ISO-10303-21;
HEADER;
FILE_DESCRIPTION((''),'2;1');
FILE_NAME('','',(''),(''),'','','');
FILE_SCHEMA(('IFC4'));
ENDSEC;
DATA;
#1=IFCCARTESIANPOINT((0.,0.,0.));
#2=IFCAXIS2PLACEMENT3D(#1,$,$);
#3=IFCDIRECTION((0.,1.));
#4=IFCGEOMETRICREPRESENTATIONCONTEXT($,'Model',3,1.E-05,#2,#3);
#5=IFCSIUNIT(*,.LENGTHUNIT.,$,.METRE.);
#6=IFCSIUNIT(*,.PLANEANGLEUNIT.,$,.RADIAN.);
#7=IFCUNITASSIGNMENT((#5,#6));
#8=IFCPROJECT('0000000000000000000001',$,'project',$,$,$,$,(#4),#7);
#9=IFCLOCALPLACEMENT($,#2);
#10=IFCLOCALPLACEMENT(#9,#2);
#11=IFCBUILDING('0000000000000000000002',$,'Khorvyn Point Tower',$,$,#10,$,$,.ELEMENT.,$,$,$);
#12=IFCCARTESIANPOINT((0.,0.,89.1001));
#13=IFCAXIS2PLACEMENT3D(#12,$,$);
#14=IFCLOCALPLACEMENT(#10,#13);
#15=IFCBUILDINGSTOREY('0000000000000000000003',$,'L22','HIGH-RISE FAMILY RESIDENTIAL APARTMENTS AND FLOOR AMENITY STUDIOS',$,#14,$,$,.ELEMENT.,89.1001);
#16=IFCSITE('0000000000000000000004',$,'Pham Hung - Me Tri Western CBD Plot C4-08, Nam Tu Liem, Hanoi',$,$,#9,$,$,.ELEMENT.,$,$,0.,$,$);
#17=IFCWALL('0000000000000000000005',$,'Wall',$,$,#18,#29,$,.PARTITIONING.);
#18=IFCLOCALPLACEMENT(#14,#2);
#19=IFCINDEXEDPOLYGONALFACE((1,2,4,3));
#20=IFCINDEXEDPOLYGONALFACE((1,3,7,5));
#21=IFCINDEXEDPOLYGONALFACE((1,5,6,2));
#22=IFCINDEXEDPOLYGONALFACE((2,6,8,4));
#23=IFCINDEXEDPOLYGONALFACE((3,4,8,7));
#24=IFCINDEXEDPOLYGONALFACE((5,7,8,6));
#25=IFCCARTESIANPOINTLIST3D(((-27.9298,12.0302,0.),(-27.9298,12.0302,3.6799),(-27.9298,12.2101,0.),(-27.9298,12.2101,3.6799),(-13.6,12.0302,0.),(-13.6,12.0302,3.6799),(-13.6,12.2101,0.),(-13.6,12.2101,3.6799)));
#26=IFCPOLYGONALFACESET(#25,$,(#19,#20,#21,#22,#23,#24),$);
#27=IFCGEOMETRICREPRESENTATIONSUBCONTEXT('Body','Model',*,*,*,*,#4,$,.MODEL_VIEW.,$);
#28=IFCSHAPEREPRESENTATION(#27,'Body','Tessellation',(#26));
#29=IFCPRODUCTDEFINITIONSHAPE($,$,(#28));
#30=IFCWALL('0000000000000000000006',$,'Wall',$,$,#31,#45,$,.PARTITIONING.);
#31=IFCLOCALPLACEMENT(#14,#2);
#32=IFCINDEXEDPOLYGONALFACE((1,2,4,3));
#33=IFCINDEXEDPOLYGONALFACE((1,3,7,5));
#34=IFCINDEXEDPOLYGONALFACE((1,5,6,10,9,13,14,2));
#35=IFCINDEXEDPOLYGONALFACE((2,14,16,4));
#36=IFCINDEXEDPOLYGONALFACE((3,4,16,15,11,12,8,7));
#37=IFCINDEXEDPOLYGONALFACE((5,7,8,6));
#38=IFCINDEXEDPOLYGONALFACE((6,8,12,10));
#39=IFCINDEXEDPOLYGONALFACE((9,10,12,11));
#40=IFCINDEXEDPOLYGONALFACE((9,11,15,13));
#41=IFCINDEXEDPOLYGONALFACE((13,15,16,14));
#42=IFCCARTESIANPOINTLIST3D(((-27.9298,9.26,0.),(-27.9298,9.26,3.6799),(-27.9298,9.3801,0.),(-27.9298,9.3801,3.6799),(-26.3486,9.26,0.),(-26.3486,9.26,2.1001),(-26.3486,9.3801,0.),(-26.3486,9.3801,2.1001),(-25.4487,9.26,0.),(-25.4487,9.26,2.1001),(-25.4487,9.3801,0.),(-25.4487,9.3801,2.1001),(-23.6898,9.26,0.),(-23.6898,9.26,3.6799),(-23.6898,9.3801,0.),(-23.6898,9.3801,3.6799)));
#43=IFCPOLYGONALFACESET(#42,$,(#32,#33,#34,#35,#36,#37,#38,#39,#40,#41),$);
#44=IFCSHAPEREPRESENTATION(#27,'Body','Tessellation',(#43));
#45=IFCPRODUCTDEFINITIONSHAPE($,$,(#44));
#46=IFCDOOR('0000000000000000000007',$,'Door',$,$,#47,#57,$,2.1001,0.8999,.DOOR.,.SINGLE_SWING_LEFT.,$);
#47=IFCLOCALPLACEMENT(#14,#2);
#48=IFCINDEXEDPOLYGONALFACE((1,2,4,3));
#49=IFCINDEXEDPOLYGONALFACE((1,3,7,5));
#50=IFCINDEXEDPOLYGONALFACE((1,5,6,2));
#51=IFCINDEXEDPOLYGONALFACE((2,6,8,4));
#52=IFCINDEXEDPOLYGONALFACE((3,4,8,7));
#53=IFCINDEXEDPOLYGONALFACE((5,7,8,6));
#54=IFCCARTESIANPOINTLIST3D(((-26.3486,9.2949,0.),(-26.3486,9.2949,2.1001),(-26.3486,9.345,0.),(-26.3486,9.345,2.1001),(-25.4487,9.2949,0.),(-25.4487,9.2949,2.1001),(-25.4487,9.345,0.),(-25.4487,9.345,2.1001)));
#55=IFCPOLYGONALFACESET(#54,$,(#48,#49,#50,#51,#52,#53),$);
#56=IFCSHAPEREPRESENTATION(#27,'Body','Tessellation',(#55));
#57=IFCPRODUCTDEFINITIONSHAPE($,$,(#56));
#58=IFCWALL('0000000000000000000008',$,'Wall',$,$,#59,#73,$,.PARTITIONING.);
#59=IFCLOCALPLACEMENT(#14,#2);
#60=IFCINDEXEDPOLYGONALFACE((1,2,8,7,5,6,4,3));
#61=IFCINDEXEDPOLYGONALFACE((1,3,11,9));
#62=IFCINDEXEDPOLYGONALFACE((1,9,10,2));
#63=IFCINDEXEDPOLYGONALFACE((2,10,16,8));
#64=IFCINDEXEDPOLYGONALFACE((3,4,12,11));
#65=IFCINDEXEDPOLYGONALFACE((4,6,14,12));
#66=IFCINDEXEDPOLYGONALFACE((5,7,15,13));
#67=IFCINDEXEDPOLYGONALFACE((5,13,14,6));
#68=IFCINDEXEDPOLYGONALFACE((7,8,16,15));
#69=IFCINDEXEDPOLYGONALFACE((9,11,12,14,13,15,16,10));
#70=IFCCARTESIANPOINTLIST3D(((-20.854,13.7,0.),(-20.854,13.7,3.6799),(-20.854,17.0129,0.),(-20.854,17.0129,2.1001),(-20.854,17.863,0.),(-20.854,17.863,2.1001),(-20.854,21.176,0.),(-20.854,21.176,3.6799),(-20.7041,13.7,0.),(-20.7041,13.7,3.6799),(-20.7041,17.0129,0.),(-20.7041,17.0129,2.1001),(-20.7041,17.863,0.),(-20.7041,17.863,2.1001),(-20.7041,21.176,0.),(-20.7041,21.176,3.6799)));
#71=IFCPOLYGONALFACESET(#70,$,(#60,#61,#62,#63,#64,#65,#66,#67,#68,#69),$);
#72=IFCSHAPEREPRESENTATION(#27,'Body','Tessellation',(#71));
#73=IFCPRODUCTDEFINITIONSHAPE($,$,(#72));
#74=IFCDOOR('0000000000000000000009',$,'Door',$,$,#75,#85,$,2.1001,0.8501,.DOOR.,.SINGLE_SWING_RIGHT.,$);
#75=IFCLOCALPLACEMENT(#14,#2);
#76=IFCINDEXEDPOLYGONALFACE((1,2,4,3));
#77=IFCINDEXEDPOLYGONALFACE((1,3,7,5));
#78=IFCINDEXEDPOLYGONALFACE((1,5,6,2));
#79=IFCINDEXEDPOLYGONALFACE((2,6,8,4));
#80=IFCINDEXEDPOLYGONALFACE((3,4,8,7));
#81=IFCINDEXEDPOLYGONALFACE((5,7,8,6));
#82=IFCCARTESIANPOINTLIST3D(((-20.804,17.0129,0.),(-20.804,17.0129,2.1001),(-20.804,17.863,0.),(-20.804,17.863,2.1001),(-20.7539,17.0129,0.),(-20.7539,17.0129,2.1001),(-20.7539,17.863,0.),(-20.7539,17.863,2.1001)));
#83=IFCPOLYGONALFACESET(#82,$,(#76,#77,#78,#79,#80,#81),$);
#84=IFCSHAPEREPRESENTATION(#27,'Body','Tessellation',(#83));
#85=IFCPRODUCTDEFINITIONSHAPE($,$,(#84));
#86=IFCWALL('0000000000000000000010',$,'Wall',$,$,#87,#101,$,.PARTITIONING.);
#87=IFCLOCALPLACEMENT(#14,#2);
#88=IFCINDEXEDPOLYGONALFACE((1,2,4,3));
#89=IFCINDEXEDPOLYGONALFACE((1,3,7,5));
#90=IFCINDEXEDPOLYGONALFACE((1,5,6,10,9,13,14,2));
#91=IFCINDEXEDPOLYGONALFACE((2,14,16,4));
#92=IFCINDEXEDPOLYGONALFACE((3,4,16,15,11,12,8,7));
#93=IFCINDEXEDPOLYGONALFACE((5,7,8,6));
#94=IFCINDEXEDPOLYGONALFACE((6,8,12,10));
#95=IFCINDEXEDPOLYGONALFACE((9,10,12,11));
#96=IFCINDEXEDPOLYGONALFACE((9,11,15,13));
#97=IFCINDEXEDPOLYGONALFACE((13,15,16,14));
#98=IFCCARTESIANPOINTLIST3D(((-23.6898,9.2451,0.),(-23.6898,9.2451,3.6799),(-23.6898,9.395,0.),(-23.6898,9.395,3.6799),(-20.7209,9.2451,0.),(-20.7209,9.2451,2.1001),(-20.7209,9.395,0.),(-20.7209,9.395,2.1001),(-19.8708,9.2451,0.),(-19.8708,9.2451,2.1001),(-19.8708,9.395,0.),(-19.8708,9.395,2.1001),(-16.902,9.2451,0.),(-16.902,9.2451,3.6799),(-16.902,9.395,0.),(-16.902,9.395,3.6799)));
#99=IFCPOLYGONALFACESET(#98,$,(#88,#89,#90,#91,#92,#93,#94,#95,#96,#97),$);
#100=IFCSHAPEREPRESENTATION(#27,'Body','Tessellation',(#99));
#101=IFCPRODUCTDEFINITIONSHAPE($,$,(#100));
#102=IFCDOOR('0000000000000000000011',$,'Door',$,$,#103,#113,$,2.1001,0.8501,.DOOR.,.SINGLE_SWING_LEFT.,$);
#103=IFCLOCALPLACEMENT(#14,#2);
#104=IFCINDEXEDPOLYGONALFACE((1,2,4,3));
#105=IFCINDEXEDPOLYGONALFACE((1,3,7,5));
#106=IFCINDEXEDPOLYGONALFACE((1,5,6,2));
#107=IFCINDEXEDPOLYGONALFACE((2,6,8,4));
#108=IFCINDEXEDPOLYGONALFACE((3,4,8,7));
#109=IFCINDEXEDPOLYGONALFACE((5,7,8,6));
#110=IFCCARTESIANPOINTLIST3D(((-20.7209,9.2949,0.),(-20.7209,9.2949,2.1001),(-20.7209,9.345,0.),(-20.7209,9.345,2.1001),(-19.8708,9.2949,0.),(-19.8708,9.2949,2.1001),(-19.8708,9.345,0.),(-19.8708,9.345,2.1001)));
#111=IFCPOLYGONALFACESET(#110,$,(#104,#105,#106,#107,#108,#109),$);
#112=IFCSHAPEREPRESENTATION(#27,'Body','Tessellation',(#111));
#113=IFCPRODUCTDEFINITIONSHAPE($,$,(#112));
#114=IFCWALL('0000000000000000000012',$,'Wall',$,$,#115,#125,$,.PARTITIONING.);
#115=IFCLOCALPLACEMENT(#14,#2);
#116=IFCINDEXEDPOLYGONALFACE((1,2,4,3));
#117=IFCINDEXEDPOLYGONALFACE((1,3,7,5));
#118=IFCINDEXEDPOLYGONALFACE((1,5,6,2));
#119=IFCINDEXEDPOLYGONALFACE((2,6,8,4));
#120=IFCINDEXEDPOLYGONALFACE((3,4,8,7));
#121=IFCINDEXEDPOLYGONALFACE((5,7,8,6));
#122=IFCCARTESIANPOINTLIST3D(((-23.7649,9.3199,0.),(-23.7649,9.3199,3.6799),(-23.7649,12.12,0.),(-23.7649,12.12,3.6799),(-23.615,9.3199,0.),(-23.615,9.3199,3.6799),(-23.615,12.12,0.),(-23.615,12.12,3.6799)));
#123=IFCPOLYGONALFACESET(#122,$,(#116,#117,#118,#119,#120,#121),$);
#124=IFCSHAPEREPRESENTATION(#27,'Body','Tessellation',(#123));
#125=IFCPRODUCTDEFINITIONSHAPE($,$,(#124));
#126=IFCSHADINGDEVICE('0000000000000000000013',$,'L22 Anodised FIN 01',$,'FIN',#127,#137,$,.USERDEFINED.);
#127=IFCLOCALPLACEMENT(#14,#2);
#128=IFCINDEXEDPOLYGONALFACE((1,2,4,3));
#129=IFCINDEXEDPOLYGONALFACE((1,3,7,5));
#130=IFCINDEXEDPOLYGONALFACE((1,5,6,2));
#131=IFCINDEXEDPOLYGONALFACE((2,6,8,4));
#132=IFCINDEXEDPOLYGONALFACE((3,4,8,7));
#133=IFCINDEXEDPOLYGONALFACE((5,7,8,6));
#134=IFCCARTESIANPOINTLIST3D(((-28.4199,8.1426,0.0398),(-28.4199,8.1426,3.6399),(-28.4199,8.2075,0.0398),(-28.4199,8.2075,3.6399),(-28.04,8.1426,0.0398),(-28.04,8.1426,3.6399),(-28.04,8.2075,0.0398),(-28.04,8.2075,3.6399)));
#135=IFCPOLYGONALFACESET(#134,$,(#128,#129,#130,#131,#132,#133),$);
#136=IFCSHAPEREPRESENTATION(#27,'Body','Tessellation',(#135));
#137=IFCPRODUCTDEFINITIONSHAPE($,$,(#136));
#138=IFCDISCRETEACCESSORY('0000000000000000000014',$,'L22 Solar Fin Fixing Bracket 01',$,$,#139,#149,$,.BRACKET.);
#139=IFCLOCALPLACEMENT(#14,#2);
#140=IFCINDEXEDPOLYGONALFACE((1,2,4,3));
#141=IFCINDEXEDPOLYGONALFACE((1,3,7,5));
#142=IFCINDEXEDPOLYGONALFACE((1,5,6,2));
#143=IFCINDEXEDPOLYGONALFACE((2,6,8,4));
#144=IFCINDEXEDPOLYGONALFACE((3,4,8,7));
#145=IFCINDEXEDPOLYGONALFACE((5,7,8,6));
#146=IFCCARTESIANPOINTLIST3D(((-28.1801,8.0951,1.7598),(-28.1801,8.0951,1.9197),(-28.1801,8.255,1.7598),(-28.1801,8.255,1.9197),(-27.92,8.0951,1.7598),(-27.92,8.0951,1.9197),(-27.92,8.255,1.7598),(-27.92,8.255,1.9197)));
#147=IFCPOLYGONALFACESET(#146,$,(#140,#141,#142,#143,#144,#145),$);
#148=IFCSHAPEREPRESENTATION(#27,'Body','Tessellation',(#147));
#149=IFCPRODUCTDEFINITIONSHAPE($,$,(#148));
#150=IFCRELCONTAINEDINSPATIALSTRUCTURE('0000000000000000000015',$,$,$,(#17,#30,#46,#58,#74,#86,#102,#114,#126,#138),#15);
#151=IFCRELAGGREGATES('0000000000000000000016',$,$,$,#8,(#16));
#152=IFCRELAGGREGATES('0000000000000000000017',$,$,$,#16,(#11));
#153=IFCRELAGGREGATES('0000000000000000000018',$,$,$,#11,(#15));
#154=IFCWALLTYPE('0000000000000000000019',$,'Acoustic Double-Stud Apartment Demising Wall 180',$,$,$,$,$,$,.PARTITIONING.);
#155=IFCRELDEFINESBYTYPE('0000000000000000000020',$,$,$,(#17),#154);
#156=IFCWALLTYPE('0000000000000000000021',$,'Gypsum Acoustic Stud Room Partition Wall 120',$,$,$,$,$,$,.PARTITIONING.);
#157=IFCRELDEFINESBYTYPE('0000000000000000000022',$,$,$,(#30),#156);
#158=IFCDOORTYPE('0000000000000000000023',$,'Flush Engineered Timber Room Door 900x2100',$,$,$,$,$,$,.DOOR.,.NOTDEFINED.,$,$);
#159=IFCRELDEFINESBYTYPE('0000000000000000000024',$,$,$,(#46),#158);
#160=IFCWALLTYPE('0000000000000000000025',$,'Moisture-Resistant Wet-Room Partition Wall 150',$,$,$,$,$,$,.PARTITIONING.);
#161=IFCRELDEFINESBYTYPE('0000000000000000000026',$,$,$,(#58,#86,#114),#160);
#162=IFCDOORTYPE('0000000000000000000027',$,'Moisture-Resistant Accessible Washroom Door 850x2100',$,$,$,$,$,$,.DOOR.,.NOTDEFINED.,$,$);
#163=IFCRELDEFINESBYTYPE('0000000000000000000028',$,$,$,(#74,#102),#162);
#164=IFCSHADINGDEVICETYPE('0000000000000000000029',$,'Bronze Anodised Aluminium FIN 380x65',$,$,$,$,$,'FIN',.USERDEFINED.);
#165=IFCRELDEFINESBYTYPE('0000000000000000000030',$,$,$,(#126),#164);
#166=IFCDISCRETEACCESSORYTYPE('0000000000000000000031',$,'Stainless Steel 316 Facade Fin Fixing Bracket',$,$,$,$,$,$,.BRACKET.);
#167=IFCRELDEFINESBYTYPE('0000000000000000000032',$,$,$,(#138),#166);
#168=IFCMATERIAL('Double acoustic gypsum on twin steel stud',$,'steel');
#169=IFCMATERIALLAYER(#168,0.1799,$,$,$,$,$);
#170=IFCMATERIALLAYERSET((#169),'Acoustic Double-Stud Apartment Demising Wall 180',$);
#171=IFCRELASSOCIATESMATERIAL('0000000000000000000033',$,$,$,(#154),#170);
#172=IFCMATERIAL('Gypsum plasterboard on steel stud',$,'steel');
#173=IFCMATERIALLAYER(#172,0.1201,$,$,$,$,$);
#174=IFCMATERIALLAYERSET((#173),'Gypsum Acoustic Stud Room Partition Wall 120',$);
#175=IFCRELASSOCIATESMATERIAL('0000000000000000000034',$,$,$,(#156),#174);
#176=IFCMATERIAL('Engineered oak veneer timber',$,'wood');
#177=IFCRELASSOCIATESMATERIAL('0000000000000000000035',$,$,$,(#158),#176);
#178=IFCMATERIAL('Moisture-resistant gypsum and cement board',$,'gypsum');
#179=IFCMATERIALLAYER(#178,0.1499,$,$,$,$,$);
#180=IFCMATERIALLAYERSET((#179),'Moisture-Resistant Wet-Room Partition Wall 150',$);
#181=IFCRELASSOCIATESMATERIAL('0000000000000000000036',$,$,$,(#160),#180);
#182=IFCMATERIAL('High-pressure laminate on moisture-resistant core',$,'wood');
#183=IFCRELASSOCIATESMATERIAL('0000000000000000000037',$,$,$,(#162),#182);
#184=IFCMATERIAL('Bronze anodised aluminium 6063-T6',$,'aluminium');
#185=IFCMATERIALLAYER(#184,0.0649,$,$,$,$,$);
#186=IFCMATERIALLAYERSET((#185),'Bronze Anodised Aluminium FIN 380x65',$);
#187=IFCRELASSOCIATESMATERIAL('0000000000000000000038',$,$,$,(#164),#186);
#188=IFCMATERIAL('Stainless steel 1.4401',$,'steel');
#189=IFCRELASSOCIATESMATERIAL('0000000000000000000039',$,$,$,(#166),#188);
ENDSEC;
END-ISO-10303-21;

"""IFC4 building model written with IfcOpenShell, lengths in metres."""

from ifc_helpers import new_model, si_unit, direction, frame, frame_2d, origin, origin_2d, place, context, subcontext, project, spatial, rectangle, extrude, material, layer, layer_set, type_object, element, fill, save


model = new_model("IFC4")

# Units and contexts
model_context = context("Model", 3, precision=1e-05, world=origin(), true_north=direction((0.0, 1.0)))
body_context = subcontext(model_context, "Body", "Model", "MODEL_VIEW")
ifc_project = project(units=[si_unit("LENGTHUNIT", "METRE"), si_unit("PLANEANGLEUNIT", "RADIAN")], contexts=[model_context])

# Site, building, storey
site_placement = place(None, origin())
site = spatial("IfcSite", under=ifc_project, at=site_placement, Name="Pham Hung - Me Tri Western CBD Plot C4-08, Nam Tu Liem, Hanoi", CompositionType="ELEMENT", RefElevation=0.0)
building_placement = place(site_placement, origin())
building = spatial("IfcBuilding", under=site, at=building_placement, Name="Khorvyn Point Tower", CompositionType="ELEMENT")
storey_placement = place(building_placement, frame((0.0, 0.0, 89.1001)))
storey = spatial("IfcBuildingStorey", under=building, at=storey_placement, Name="L22", Description="HIGH-RISE FAMILY RESIDENTIAL APARTMENTS AND FLOOR AMENITY STUDIOS", CompositionType="ELEMENT", Elevation=89.1001)

# Shared definitions
ifc_material_1 = material(Name="Double acoustic gypsum on twin steel stud", Category="steel")
ifc_layer_1 = layer(ifc_material_1, 0.1799)
ifc_layer_set_1 = layer_set([ifc_layer_1], Name="Acoustic Double-Stud Apartment Demising Wall 180")
wall_type_1 = type_object("IfcWallType", Name="Acoustic Double-Stud Apartment Demising Wall 180", PredefinedType="PARTITIONING", material=ifc_layer_set_1)

# Wall
wall_1_placement = place(storey_placement, frame((-27.9299, 12.1201, 0.0), z_axis=(0.0, 0.0, 1.0), x_axis=(1.0, 0.0, 0.0)))
element("IfcWall", 1, at=wall_1_placement, inside=storey, type_object=wall_type_1, Name="Wall", PredefinedType="PARTITIONING", context=body_context, shape_type="SweptSolid", body=[
    extrude(rectangle(XDim=14.3298, YDim=0.1799, at=frame_2d((7.165, 0.0))), origin(), (0.0, 0.0, 1.0), 3.6799),
])

# Walls, openings, doors
ifc_material_2 = material(Name="Gypsum plasterboard on steel stud", Category="steel")
ifc_layer_2 = layer(ifc_material_2, 0.1201)
ifc_layer_set_2 = layer_set([ifc_layer_2], Name="Gypsum Acoustic Stud Room Partition Wall 120")
wall_type_2 = type_object("IfcWallType", Name="Gypsum Acoustic Stud Room Partition Wall 120", PredefinedType="PARTITIONING", material=ifc_layer_set_2)
wall_2_placement = place(storey_placement, frame((-27.9299, 9.3201, 0.0), z_axis=(0.0, 0.0, 1.0), x_axis=(1.0, 0.0, 0.0)))
wall_2 = element("IfcWall", 2, at=wall_2_placement, inside=storey, type_object=wall_type_2, Name="Wall", PredefinedType="PARTITIONING", context=body_context, shape_type="SweptSolid", body=[
    extrude(rectangle(XDim=4.24, YDim=0.1201, at=frame_2d((2.1201, 0.0))), origin(), (0.0, 0.0, 1.0), 3.6799),
])
opening_1_placement = place(wall_2_placement, frame((1.5813, 0.0, 0.0)))
opening_1 = element("IfcOpeningElement", 3, at=opening_1_placement, cuts=wall_2, PredefinedType="OPENING", context=body_context, shape_type="SweptSolid", body=[
    extrude(rectangle(XDim=0.8999, YDim=2.1001, at=frame_2d((0.45, 1.05))), frame((0.0, 0.0701, 0.0), z_axis=(0.0, -1.0, 0.0), x_axis=(1.0, 0.0, 0.0)), (0.0, 0.0, 1.0), 0.1401),
])
ifc_material_3 = material(Name="Engineered oak veneer timber", Category="wood")
door_type_1 = type_object("IfcDoorType", Name="Flush Engineered Timber Room Door 900x2100", OperationType="NOTDEFINED", PredefinedType="DOOR", material=ifc_material_3)
door_1_placement = place(opening_1_placement, origin())
door_1 = element("IfcDoor", 4, at=door_1_placement, inside=storey, type_object=door_type_1, Name="Door", OperationType="SINGLE_SWING_LEFT", OverallHeight=2.1001, OverallWidth=0.8999, PredefinedType="DOOR", context=body_context, shape_type="SweptSolid", body=[
    extrude(rectangle(XDim=0.8999, YDim=2.1001, at=frame_2d((0.45, 1.05))), frame((0.0, 0.0249, 0.0), z_axis=(0.0, -1.0, 0.0), x_axis=(1.0, 0.0, 0.0)), (0.0, 0.0, 1.0), 0.05),
])
fill(opening_1, door_1)
ifc_material_4 = material(Name="Moisture-resistant gypsum and cement board", Category="gypsum")
ifc_layer_3 = layer(ifc_material_4, 0.1499)
ifc_layer_set_3 = layer_set([ifc_layer_3], Name="Moisture-Resistant Wet-Room Partition Wall 150")
wall_type_3 = type_object("IfcWallType", Name="Moisture-Resistant Wet-Room Partition Wall 150", PredefinedType="PARTITIONING", material=ifc_layer_set_3)
wall_3_placement = place(storey_placement, frame((-20.7791, 13.7, 0.0), z_axis=(0.0, 0.0, 1.0), x_axis=(0.0, 1.0, 0.0)))
wall_3 = element("IfcWall", 5, at=wall_3_placement, inside=storey, type_object=wall_type_3, Name="Wall", PredefinedType="PARTITIONING", context=body_context, shape_type="SweptSolid", body=[
    extrude(rectangle(XDim=7.4761, YDim=0.1499, at=frame_2d((3.738, 0.0))), origin(), (0.0, 0.0, 1.0), 3.6799),
])
opening_2_placement = place(wall_3_placement, frame((3.313, 0.0, 0.0)))
opening_2 = element("IfcOpeningElement", 6, at=opening_2_placement, cuts=wall_3, PredefinedType="OPENING", context=body_context, shape_type="SweptSolid", body=[
    extrude(rectangle(XDim=0.8501, YDim=2.1001, at=frame_2d((0.425, 1.05))), frame((0.0, 0.085, 0.0), z_axis=(0.0, -1.0, 0.0), x_axis=(1.0, 0.0, 0.0)), (0.0, 0.0, 1.0), 0.1699),
])
ifc_material_5 = material(Name="High-pressure laminate on moisture-resistant core", Category="wood")
door_type_2 = type_object("IfcDoorType", Name="Moisture-Resistant Accessible Washroom Door 850x2100", OperationType="NOTDEFINED", PredefinedType="DOOR", material=ifc_material_5)
door_2_placement = place(opening_2_placement, origin())
door_2 = element("IfcDoor", 7, at=door_2_placement, inside=storey, type_object=door_type_2, Name="Door", OperationType="SINGLE_SWING_RIGHT", OverallHeight=2.1001, OverallWidth=0.8501, PredefinedType="DOOR", context=body_context, shape_type="SweptSolid", body=[
    extrude(rectangle(XDim=0.8501, YDim=2.1001, at=frame_2d((0.425, 1.05))), frame((0.0, 0.0249, 0.0), z_axis=(0.0, -1.0, 0.0), x_axis=(1.0, 0.0, 0.0)), (0.0, 0.0, 1.0), 0.05),
])
fill(opening_2, door_2)
wall_4_placement = place(storey_placement, frame((-23.6899, 9.3201, 0.0), z_axis=(0.0, 0.0, 1.0), x_axis=(1.0, 0.0, 0.0)))
wall_4 = element("IfcWall", 8, at=wall_4_placement, inside=storey, type_object=wall_type_3, Name="Wall", PredefinedType="PARTITIONING", context=body_context, shape_type="SweptSolid", body=[
    extrude(rectangle(XDim=6.7878, YDim=0.1499, at=frame_2d((3.394, 0.0))), origin(), (0.0, 0.0, 1.0), 3.6799),
])
opening_3_placement = place(wall_4_placement, frame((2.969, 0.0, 0.0)))
opening_3 = element("IfcOpeningElement", 9, at=opening_3_placement, cuts=wall_4, PredefinedType="OPENING", context=body_context, shape_type="SweptSolid", body=[
    extrude(rectangle(XDim=0.8501, YDim=2.1001, at=frame_2d((0.425, 1.05))), frame((0.0, 0.085, 0.0), z_axis=(0.0, -1.0, 0.0), x_axis=(1.0, 0.0, 0.0)), (0.0, 0.0, 1.0), 0.1699),
])
door_3_placement = place(opening_3_placement, origin())
door_3 = element("IfcDoor", 10, at=door_3_placement, inside=storey, type_object=door_type_2, Name="Door", OperationType="SINGLE_SWING_LEFT", OverallHeight=2.1001, OverallWidth=0.8501, PredefinedType="DOOR", context=body_context, shape_type="SweptSolid", body=[
    extrude(rectangle(XDim=0.8501, YDim=2.1001, at=frame_2d((0.425, 1.05))), frame((0.0, 0.0249, 0.0), z_axis=(0.0, -1.0, 0.0), x_axis=(1.0, 0.0, 0.0)), (0.0, 0.0, 1.0), 0.05),
])
fill(opening_3, door_3)

# Wall
wall_5_placement = place(storey_placement, frame((-23.6899, 9.3201, 0.0), z_axis=(0.0, 0.0, 1.0), x_axis=(0.0, 1.0, 0.0)))
element("IfcWall", 11, at=wall_5_placement, inside=storey, type_object=wall_type_3, Name="Wall", PredefinedType="PARTITIONING", context=body_context, shape_type="SweptSolid", body=[
    extrude(rectangle(XDim=2.8, YDim=0.1499, at=frame_2d((1.3999, 0.0))), origin(), (0.0, 0.0, 1.0), 3.6799),
])

# Shading device
ifc_material_6 = material(Name="Bronze anodised aluminium 6063-T6", Category="aluminium")
ifc_layer_4 = layer(ifc_material_6, 0.0649)
ifc_layer_set_4 = layer_set([ifc_layer_4], Name="Bronze Anodised Aluminium FIN 380x65")
shading_device_type = type_object("IfcShadingDeviceType", Name="Bronze Anodised Aluminium FIN 380x65", ElementType="FIN", PredefinedType="USERDEFINED", material=ifc_layer_set_4)
shading_device_placement = place(storey_placement, frame((-28.23, 8.175, 0.0398), z_axis=(0.0, 0.0, 1.0), x_axis=(-1.0, 0.0, 0.0)))
element("IfcShadingDevice", 12, at=shading_device_placement, inside=storey, type_object=shading_device_type, Name="L22 Anodised FIN 01", ObjectType="FIN", PredefinedType="USERDEFINED", context=body_context, shape_type="SweptSolid", body=[
    extrude(rectangle(XDim=0.3799, YDim=0.0649, at=origin_2d()), origin(), (0.0, 0.0, 1.0), 3.6001),
])

# Discrete accessory
ifc_material_7 = material(Name="Stainless steel 1.4401", Category="steel")
discrete_accessory_type = type_object("IfcDiscreteAccessoryType", Name="Stainless Steel 316 Facade Fin Fixing Bracket", PredefinedType="BRACKET", material=ifc_material_7)
discrete_accessory_placement = place(storey_placement, frame((-28.05, 8.175, 1.7598), z_axis=(0.0, 0.0, 1.0), x_axis=(0.0, 1.0, 0.0)))
element("IfcDiscreteAccessory", 13, at=discrete_accessory_placement, inside=storey, type_object=discrete_accessory_type, Name="L22 Solar Fin Fixing Bracket 01", PredefinedType="BRACKET", context=body_context, shape_type="SweptSolid", body=[
    extrude(rectangle(XDim=0.1599, YDim=0.26, at=origin_2d()), origin(), (0.0, 0.0, 1.0), 0.1599),
])

save(model, "model.ifc")
